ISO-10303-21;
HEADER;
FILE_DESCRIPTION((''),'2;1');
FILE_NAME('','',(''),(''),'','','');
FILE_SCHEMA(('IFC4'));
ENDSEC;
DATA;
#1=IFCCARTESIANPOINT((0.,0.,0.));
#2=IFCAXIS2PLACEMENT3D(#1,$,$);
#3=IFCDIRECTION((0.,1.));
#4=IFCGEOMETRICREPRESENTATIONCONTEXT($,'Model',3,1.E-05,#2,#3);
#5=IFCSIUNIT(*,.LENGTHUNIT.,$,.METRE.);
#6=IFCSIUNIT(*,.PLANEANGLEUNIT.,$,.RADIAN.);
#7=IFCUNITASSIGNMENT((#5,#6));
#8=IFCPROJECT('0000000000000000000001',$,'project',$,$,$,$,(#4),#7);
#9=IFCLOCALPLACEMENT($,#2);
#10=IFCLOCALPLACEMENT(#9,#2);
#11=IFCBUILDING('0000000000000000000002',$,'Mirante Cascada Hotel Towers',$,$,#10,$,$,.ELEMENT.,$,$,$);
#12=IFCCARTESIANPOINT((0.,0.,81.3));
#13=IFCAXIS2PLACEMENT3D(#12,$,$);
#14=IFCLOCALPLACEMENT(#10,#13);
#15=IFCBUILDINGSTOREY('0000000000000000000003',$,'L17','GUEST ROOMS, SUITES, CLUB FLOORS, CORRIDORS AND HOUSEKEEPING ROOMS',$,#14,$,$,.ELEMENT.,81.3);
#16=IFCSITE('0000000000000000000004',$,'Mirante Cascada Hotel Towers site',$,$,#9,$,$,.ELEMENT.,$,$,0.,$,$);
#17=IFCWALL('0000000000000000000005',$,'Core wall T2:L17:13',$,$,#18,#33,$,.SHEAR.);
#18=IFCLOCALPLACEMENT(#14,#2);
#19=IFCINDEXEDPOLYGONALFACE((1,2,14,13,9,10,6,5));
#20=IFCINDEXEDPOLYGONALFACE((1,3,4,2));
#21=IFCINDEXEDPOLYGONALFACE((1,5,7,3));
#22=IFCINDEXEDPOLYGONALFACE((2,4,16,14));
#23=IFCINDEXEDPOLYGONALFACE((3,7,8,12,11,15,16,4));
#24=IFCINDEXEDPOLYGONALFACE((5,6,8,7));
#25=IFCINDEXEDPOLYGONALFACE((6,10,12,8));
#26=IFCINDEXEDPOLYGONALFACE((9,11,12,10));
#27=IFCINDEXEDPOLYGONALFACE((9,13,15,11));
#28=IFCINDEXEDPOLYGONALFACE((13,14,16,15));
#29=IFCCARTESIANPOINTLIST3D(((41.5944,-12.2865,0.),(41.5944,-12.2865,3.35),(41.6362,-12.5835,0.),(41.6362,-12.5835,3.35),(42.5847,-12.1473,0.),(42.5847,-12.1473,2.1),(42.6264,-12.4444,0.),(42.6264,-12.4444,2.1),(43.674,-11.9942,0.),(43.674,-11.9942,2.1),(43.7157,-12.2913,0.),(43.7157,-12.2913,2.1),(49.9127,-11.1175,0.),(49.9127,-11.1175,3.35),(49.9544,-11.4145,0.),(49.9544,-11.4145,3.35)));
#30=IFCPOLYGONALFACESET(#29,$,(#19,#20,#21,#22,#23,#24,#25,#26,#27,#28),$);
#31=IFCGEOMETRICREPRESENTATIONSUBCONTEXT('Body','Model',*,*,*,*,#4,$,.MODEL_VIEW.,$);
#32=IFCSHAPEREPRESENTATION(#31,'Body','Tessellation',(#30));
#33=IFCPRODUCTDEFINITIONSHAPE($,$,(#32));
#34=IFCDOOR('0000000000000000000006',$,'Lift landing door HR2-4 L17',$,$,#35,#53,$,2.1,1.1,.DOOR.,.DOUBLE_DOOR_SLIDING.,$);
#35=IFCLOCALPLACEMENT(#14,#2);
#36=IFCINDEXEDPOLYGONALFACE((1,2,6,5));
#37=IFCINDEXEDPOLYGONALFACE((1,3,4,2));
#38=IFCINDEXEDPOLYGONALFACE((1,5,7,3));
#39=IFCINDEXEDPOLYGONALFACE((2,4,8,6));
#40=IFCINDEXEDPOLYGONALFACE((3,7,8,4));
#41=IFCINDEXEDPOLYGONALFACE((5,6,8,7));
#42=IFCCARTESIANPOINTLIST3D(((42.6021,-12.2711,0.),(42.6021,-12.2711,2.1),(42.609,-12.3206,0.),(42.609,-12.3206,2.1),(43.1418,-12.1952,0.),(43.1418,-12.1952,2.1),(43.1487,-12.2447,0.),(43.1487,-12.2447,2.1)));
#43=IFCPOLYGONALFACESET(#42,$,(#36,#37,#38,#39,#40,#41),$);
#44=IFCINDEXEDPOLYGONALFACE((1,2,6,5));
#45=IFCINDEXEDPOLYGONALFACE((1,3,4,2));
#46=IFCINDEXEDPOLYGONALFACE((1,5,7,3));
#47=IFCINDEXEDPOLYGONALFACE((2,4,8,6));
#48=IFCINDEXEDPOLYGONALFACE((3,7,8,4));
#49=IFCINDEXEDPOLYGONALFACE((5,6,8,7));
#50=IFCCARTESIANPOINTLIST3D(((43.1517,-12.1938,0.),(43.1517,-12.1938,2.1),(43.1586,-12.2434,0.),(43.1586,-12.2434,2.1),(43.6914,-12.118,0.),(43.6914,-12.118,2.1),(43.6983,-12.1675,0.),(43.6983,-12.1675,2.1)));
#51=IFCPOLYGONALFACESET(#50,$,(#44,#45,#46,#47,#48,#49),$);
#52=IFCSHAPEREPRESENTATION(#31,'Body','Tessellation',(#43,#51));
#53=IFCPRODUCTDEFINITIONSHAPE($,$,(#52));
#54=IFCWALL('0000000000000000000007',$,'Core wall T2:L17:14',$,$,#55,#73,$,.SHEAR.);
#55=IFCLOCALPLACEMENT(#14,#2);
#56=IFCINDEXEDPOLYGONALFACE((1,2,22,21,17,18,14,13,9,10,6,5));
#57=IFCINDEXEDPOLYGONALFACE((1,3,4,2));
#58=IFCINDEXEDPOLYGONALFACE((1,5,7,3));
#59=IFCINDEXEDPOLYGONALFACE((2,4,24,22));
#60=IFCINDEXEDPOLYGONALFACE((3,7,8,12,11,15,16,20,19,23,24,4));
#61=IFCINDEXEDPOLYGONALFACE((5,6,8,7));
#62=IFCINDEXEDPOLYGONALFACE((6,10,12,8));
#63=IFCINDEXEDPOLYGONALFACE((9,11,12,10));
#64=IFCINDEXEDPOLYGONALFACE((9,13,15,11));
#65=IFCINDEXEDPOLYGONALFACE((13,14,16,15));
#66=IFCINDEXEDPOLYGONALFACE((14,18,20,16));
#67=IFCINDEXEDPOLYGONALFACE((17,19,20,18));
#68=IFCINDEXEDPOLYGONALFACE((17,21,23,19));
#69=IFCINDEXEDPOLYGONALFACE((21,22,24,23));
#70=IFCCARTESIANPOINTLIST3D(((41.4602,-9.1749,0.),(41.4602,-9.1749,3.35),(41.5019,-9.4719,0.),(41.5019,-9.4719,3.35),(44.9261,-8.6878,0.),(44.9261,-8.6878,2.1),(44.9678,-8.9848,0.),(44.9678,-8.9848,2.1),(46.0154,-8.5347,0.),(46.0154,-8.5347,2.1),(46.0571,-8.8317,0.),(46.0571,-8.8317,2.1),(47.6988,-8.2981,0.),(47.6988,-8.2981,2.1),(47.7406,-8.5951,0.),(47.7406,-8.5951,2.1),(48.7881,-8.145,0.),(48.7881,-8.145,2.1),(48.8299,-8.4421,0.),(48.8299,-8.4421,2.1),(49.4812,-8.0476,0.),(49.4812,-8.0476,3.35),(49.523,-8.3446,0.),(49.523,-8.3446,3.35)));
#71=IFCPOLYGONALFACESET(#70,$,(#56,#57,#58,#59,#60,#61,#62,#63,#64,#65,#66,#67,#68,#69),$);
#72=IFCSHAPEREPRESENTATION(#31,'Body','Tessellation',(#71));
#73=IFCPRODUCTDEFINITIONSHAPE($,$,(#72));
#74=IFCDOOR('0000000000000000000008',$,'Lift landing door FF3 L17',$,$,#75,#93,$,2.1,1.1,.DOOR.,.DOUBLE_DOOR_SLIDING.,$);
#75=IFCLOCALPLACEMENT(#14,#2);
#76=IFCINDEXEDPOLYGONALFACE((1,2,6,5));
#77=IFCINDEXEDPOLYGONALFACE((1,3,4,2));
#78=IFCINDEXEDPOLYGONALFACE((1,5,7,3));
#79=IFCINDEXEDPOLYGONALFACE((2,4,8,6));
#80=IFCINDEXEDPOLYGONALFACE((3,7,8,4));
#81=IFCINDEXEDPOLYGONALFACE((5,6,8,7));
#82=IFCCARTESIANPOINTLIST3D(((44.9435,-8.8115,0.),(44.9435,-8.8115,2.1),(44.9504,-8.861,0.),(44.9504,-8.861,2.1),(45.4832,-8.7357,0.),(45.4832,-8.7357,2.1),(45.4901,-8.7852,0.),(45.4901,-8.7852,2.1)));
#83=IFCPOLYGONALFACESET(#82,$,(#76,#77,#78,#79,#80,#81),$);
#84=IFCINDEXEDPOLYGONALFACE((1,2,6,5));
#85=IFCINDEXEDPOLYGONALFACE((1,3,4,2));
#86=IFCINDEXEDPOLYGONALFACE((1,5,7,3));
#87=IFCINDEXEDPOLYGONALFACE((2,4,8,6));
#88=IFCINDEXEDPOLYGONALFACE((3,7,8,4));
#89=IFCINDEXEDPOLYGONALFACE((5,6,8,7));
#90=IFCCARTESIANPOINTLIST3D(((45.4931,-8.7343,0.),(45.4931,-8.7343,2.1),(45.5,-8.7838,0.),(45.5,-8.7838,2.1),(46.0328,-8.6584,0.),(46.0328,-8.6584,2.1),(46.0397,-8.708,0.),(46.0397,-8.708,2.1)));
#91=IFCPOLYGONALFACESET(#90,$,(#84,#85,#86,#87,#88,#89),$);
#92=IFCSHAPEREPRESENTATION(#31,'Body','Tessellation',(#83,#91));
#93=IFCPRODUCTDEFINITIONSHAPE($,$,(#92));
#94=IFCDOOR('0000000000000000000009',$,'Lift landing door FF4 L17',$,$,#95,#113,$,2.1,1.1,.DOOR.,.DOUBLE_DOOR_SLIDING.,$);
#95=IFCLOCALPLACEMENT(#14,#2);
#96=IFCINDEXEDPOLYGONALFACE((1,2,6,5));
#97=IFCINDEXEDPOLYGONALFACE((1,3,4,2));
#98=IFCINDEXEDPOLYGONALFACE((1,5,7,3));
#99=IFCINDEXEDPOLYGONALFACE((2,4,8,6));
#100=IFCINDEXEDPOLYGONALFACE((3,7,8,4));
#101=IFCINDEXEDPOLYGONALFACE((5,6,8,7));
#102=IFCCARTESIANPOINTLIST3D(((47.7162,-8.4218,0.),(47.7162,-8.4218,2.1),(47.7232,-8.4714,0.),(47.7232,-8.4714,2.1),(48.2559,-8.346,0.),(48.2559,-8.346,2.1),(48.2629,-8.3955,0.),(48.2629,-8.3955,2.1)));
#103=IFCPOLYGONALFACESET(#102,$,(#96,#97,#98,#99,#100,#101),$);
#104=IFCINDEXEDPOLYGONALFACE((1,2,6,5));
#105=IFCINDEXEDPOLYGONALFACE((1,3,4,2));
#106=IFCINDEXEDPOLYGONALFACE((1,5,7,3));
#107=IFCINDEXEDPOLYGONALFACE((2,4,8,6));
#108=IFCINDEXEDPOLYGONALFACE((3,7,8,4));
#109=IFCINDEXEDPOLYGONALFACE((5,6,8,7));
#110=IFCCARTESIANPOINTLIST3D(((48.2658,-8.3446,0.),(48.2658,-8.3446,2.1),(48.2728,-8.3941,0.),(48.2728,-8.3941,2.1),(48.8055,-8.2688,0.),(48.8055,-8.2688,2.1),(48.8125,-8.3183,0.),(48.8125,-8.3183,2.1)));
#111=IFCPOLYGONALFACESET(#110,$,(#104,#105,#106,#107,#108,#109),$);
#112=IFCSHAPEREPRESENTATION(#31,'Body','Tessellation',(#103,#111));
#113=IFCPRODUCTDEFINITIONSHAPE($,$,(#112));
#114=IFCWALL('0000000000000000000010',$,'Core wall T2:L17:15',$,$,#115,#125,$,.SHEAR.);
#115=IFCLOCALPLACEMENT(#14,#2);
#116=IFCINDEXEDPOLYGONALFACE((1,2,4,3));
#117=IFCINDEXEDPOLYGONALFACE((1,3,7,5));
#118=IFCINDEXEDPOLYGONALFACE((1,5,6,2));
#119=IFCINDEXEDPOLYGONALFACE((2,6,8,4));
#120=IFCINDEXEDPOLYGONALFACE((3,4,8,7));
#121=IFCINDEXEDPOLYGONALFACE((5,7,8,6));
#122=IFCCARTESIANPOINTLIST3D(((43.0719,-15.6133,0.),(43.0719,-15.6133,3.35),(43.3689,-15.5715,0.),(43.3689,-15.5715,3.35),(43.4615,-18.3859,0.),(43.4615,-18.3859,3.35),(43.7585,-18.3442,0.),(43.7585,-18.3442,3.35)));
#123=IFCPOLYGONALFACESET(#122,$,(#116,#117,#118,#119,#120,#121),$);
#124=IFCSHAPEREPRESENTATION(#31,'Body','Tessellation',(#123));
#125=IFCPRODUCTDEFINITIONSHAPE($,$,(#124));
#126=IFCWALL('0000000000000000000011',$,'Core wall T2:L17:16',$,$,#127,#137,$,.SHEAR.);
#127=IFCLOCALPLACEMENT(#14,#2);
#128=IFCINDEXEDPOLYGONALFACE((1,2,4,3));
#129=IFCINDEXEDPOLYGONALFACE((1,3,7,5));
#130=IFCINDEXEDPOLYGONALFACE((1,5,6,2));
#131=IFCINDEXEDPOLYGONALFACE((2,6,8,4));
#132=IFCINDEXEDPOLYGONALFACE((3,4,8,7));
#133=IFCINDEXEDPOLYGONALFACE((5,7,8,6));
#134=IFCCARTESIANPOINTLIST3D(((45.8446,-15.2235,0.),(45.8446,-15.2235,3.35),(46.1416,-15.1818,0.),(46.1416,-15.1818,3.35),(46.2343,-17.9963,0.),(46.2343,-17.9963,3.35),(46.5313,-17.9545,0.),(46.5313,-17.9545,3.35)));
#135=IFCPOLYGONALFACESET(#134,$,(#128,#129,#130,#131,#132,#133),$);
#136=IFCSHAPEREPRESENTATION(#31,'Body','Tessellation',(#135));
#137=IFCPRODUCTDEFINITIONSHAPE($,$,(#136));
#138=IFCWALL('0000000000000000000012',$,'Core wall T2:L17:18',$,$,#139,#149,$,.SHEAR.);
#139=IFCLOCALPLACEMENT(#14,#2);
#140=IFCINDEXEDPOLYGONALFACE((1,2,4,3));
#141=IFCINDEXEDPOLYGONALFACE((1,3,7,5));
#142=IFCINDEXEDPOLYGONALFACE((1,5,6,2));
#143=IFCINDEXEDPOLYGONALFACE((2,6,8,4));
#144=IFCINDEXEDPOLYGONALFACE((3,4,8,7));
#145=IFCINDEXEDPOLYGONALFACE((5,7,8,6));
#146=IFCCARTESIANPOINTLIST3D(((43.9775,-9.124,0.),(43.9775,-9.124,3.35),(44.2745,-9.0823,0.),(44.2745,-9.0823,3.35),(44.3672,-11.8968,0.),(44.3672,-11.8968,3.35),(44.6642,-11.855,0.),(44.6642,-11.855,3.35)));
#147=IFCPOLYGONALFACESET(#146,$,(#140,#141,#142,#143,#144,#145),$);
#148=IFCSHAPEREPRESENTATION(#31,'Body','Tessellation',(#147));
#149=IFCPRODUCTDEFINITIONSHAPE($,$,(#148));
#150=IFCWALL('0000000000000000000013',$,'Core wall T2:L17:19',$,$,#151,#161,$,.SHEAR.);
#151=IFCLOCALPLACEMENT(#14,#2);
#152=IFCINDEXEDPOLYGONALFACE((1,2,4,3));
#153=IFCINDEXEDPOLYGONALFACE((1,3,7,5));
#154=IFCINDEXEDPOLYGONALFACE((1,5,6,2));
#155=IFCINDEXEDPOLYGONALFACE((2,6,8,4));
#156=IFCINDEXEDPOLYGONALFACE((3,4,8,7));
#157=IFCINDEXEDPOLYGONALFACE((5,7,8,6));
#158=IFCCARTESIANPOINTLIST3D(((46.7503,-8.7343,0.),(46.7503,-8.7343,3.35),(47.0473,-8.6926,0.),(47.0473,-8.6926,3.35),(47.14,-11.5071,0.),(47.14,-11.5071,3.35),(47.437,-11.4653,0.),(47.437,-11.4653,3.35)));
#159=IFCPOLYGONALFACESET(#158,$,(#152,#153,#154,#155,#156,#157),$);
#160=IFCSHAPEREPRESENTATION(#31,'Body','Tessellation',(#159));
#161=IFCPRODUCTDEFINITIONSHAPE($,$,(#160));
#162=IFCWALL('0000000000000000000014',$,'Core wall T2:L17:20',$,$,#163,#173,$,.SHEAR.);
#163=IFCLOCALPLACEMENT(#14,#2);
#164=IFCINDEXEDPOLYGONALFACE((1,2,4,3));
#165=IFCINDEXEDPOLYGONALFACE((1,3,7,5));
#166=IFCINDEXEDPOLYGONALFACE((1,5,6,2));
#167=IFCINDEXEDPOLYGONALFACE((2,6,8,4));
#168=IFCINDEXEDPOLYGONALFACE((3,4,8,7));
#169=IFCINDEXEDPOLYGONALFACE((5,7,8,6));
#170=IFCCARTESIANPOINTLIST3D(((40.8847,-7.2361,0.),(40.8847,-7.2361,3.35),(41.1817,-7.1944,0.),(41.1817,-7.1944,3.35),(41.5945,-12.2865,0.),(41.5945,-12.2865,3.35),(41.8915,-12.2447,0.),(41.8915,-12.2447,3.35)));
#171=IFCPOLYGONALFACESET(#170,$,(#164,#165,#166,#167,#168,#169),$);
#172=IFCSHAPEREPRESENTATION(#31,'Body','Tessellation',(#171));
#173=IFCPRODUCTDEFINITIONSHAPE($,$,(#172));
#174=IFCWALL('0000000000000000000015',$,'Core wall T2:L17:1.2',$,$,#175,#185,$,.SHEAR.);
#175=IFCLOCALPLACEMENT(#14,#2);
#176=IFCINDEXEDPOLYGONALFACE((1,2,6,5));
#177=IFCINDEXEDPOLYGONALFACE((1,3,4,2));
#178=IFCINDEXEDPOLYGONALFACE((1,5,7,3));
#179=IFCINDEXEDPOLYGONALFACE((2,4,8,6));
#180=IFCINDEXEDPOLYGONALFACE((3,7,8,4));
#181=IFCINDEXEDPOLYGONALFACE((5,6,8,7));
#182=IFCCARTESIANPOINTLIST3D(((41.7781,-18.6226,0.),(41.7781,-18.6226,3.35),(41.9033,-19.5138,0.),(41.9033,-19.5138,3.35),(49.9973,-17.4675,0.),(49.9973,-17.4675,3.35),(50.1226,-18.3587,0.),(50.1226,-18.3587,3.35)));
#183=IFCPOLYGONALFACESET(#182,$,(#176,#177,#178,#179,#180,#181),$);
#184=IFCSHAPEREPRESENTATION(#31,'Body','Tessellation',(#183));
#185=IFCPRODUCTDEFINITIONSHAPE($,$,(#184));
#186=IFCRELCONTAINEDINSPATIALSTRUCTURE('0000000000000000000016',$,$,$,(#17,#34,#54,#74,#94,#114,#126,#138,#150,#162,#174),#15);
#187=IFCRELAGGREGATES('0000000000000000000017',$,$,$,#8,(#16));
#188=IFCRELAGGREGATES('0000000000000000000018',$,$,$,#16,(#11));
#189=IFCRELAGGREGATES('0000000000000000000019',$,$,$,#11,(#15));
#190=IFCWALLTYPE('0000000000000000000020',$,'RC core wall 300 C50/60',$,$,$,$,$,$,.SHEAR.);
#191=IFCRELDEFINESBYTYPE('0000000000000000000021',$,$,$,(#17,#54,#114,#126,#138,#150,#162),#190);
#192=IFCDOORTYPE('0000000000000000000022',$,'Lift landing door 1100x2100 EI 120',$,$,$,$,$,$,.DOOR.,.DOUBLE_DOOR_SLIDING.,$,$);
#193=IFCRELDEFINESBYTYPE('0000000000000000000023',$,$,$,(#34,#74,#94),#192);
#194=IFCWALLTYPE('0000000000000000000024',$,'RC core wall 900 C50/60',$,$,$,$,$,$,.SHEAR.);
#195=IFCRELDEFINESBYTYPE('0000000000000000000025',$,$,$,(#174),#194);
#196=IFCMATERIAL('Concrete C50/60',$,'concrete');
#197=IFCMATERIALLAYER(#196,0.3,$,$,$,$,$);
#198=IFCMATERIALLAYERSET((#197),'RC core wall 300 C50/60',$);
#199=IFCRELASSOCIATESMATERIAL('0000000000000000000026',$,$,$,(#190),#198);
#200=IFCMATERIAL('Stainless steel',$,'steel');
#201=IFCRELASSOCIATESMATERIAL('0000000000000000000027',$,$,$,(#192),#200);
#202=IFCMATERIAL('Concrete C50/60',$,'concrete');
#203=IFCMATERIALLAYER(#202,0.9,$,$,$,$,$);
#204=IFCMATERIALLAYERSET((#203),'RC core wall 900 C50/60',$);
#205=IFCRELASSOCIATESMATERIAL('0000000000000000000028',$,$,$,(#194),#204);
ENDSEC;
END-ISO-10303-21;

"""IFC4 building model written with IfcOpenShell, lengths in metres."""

from ifc_helpers import new_model, si_unit, direction, frame, frame_2d, origin, place, context, subcontext, project, spatial, rectangle, extrude, material, layer, layer_set, type_object, element, fill, save


model = new_model("IFC4")

# Units and contexts
model_context = context("Model", 3, precision=1e-05, world=origin(), true_north=direction((0.0, 1.0)))
body_context = subcontext(model_context, "Body", "Model", "MODEL_VIEW")
ifc_project = project(units=[si_unit("LENGTHUNIT", "METRE"), si_unit("PLANEANGLEUNIT", "RADIAN")], contexts=[model_context])

# Site, building, storey
site_placement = place(None, origin())
site = spatial("IfcSite", under=ifc_project, at=site_placement, Name="Mirante Cascada Hotel Towers site", CompositionType="ELEMENT", RefElevation=0.0)
building_placement = place(site_placement, origin())
building = spatial("IfcBuilding", under=site, at=building_placement, Name="Mirante Cascada Hotel Towers", CompositionType="ELEMENT")
storey_placement = place(building_placement, frame((0.0, 0.0, 81.3)))
storey = spatial("IfcBuildingStorey", under=building, at=storey_placement, Name="L17", Description="GUEST ROOMS, SUITES, CLUB FLOORS, CORRIDORS AND HOUSEKEEPING ROOMS", CompositionType="ELEMENT", Elevation=81.3)

# Shared definitions
ifc_material_1 = material(Name="Concrete C50/60", Category="concrete")
ifc_layer_1 = layer(ifc_material_1, 0.3)
ifc_layer_set_1 = layer_set([ifc_layer_1], Name="RC core wall 300 C50/60")
wall_type_1 = type_object("IfcWallType", Name="RC core wall 300 C50/60", PredefinedType="SHEAR", material=ifc_layer_set_1)

# Shared definitions
ifc_material_2 = material(Name="Stainless steel", Category="steel")
door_type_1 = type_object("IfcDoorType", Name="Lift landing door 1100x2100 EI 120", OperationType="DOUBLE_DOOR_SLIDING", PredefinedType="DOOR", material=ifc_material_2)

# Wall, opening, door
wall_1_placement = place(storey_placement, frame((41.6153, -12.435, 0.0), z_axis=(0.0, 0.0, 1.0), x_axis=(0.990269, 0.139166, 0.0)))
wall_1 = element("IfcWall", 1, at=wall_1_placement, inside=storey, type_object=wall_type_1, Name="Core wall T2:L17:13", PredefinedType="SHEAR", context=body_context, shape_type="SweptSolid", body=[
    extrude(rectangle(XDim=8.4, YDim=0.3, at=frame_2d((4.2, 0.0))), origin(), (0.0, 0.0, 1.0), 3.35),
])
opening_1_placement = place(wall_1_placement, frame((1.0, 0.0, 0.0)))
opening_1 = element("IfcOpeningElement", 2, at=opening_1_placement, cuts=wall_1, PredefinedType="OPENING", context=body_context, shape_type="SweptSolid", body=[
    extrude(rectangle(XDim=1.1, YDim=2.1, at=frame_2d((0.55, 1.05))), frame((0.0, 0.15, 0.0), z_axis=(0.0, -1.0, 0.0), x_axis=(1.0, 0.0, 0.0)), (0.0, 0.0, 1.0), 0.3),
])
door_1_placement = place(opening_1_placement, origin())
door_1 = element("IfcDoor", 3, at=door_1_placement, inside=storey, type_object=door_type_1, Name="Lift landing door HR2-4 L17", OperationType="DOUBLE_DOOR_SLIDING", OverallHeight=2.1, OverallWidth=1.1, PredefinedType="DOOR", context=body_context, shape_type="SweptSolid", body=[
    extrude(rectangle(XDim=0.545, YDim=2.1, at=frame_2d((0.2725, 1.05))), frame((0.0, 0.025, 0.0), z_axis=(0.0, -1.0, 0.0), x_axis=(1.0, 0.0, 0.0)), (0.0, 0.0, 1.0), 0.05),
    extrude(rectangle(XDim=0.545, YDim=2.1, at=frame_2d((0.8275, 1.05))), frame((0.0, 0.025, 0.0), z_axis=(0.0, -1.0, 0.0), x_axis=(1.0, 0.0, 0.0)), (0.0, 0.0, 1.0), 0.05),
])
fill(opening_1, door_1)

# Wall, openings, doors
wall_2_placement = place(storey_placement, frame((41.481, -9.3234, 0.0), z_axis=(0.0, 0.0, 1.0), x_axis=(0.990268, 0.139174, 0.0)))
wall_2 = element("IfcWall", 4, at=wall_2_placement, inside=storey, type_object=wall_type_1, Name="Core wall T2:L17:14", PredefinedType="SHEAR", context=body_context, shape_type="SweptSolid", body=[
    extrude(rectangle(XDim=8.0999, YDim=0.3, at=frame_2d((4.05, 0.0))), origin(), (0.0, 0.0, 1.0), 3.35),
])
opening_2_placement = place(wall_2_placement, frame((3.5, 0.0, 0.0)))
opening_2 = element("IfcOpeningElement", 5, at=opening_2_placement, cuts=wall_2, PredefinedType="OPENING", context=body_context, shape_type="SweptSolid", body=[
    extrude(rectangle(XDim=1.1, YDim=2.1, at=frame_2d((0.55, 1.05))), frame((0.0, 0.15, 0.0), z_axis=(0.0, -1.0, 0.0), x_axis=(1.0, 0.0, 0.0)), (0.0, 0.0, 1.0), 0.3),
])
opening_3_placement = place(wall_2_placement, frame((6.3, 0.0, 0.0)))
opening_3 = element("IfcOpeningElement", 6, at=opening_3_placement, cuts=wall_2, PredefinedType="OPENING", context=body_context, shape_type="SweptSolid", body=[
    extrude(rectangle(XDim=1.1, YDim=2.1, at=frame_2d((0.55, 1.05))), frame((0.0, 0.15, 0.0), z_axis=(0.0, -1.0, 0.0), x_axis=(1.0, 0.0, 0.0)), (0.0, 0.0, 1.0), 0.3),
])
door_2_placement = place(opening_2_placement, origin())
door_2 = element("IfcDoor", 7, at=door_2_placement, inside=storey, type_object=door_type_1, Name="Lift landing door FF3 L17", OperationType="DOUBLE_DOOR_SLIDING", OverallHeight=2.1, OverallWidth=1.1, PredefinedType="DOOR", context=body_context, shape_type="SweptSolid", body=[
    extrude(rectangle(XDim=0.545, YDim=2.1, at=frame_2d((0.2725, 1.05))), frame((0.0, 0.025, 0.0), z_axis=(0.0, -1.0, 0.0), x_axis=(1.0, 0.0, 0.0)), (0.0, 0.0, 1.0), 0.05),
    extrude(rectangle(XDim=0.545, YDim=2.1, at=frame_2d((0.8275, 1.05))), frame((0.0, 0.025, 0.0), z_axis=(0.0, -1.0, 0.0), x_axis=(1.0, 0.0, 0.0)), (0.0, 0.0, 1.0), 0.05),
])
fill(opening_2, door_2)
door_3_placement = place(opening_3_placement, origin())
door_3 = element("IfcDoor", 8, at=door_3_placement, inside=storey, type_object=door_type_1, Name="Lift landing door FF4 L17", OperationType="DOUBLE_DOOR_SLIDING", OverallHeight=2.1, OverallWidth=1.1, PredefinedType="DOOR", context=body_context, shape_type="SweptSolid", body=[
    extrude(rectangle(XDim=0.545, YDim=2.1, at=frame_2d((0.2725, 1.05))), frame((0.0, 0.025, 0.0), z_axis=(0.0, -1.0, 0.0), x_axis=(1.0, 0.0, 0.0)), (0.0, 0.0, 1.0), 0.05),
    extrude(rectangle(XDim=0.545, YDim=2.1, at=frame_2d((0.8275, 1.05))), frame((0.0, 0.025, 0.0), z_axis=(0.0, -1.0, 0.0), x_axis=(1.0, 0.0, 0.0)), (0.0, 0.0, 1.0), 0.05),
])
fill(opening_3, door_3)

# Walls
wall_3_placement = place(storey_placement, frame((43.61, -18.3651, 0.0), z_axis=(0.0, 0.0, 1.0), x_axis=(-0.139146, 0.990272, 0.0)))
element("IfcWall", 9, at=wall_3_placement, inside=storey, type_object=wall_type_1, Name="Core wall T2:L17:15", PredefinedType="SHEAR", context=body_context, shape_type="SweptSolid", body=[
    extrude(rectangle(XDim=2.7999, YDim=0.3, at=frame_2d((1.4, 0.0))), origin(), (0.0, 0.0, 1.0), 3.35),
])
for number, where, z_axis, x_axis, name in (
    (10, (46.3828, -17.9754, 0.0), (0.0, 0.0, 1.0), (-0.139181, 0.990267, 0.0), "Core wall T2:L17:16"),
    (11, (44.5157, -11.8759, 0.0), (0.0, 0.0, 1.0), (-0.139181, 0.990267, 0.0), "Core wall T2:L17:18"),
    (12, (47.2885, -11.4862, 0.0), (0.0, 0.0, 1.0), (-0.139181, 0.990267, 0.0), "Core wall T2:L17:19"),
):
    element("IfcWall", number, at=place(storey_placement, frame(where, z_axis=z_axis, x_axis=x_axis)), inside=storey, type_object=wall_type_1, Name=name, PredefinedType="SHEAR", context=body_context, shape_type="SweptSolid", body=[
        extrude(rectangle(XDim=2.8, YDim=0.3, at=frame_2d((1.4, 0.0))), origin(), (0.0, 0.0, 1.0), 3.35),
    ])
wall_4_placement = place(storey_placement, frame((41.743, -12.2656, 0.0), z_axis=(0.0, 0.0, 1.0), x_axis=(-0.139176, 0.990268, 0.0)))
element("IfcWall", 13, at=wall_4_placement, inside=storey, type_object=wall_type_1, Name="Core wall T2:L17:20", PredefinedType="SHEAR", context=body_context, shape_type="SweptSolid", body=[
    extrude(rectangle(XDim=5.1, YDim=0.3, at=frame_2d((2.55, 0.0))), origin(), (0.0, 0.0, 1.0), 3.35),
])
ifc_material_3 = material(Name="Concrete C50/60", Category="concrete")
ifc_layer_2 = layer(ifc_material_3, 0.9)
ifc_layer_set_2 = layer_set([ifc_layer_2], Name="RC core wall 900 C50/60")
wall_type_2 = type_object("IfcWallType", Name="RC core wall 900 C50/60", PredefinedType="SHEAR", material=ifc_layer_set_2)
wall_5_placement = place(storey_placement, frame((41.8407, -19.0682, 0.0), z_axis=(0.0, 0.0, 1.0), x_axis=(0.990269, 0.139169, 0.0)))
element("IfcWall", 14, at=wall_5_placement, inside=storey, type_object=wall_type_2, Name="Core wall T2:L17:1.2", PredefinedType="SHEAR", context=body_context, shape_type="SweptSolid", body=[
    extrude(rectangle(XDim=8.3, YDim=0.9, at=frame_2d((4.15, 0.0))), origin(), (0.0, 0.0, 1.0), 3.35),
])

save(model, "model.ifc")
